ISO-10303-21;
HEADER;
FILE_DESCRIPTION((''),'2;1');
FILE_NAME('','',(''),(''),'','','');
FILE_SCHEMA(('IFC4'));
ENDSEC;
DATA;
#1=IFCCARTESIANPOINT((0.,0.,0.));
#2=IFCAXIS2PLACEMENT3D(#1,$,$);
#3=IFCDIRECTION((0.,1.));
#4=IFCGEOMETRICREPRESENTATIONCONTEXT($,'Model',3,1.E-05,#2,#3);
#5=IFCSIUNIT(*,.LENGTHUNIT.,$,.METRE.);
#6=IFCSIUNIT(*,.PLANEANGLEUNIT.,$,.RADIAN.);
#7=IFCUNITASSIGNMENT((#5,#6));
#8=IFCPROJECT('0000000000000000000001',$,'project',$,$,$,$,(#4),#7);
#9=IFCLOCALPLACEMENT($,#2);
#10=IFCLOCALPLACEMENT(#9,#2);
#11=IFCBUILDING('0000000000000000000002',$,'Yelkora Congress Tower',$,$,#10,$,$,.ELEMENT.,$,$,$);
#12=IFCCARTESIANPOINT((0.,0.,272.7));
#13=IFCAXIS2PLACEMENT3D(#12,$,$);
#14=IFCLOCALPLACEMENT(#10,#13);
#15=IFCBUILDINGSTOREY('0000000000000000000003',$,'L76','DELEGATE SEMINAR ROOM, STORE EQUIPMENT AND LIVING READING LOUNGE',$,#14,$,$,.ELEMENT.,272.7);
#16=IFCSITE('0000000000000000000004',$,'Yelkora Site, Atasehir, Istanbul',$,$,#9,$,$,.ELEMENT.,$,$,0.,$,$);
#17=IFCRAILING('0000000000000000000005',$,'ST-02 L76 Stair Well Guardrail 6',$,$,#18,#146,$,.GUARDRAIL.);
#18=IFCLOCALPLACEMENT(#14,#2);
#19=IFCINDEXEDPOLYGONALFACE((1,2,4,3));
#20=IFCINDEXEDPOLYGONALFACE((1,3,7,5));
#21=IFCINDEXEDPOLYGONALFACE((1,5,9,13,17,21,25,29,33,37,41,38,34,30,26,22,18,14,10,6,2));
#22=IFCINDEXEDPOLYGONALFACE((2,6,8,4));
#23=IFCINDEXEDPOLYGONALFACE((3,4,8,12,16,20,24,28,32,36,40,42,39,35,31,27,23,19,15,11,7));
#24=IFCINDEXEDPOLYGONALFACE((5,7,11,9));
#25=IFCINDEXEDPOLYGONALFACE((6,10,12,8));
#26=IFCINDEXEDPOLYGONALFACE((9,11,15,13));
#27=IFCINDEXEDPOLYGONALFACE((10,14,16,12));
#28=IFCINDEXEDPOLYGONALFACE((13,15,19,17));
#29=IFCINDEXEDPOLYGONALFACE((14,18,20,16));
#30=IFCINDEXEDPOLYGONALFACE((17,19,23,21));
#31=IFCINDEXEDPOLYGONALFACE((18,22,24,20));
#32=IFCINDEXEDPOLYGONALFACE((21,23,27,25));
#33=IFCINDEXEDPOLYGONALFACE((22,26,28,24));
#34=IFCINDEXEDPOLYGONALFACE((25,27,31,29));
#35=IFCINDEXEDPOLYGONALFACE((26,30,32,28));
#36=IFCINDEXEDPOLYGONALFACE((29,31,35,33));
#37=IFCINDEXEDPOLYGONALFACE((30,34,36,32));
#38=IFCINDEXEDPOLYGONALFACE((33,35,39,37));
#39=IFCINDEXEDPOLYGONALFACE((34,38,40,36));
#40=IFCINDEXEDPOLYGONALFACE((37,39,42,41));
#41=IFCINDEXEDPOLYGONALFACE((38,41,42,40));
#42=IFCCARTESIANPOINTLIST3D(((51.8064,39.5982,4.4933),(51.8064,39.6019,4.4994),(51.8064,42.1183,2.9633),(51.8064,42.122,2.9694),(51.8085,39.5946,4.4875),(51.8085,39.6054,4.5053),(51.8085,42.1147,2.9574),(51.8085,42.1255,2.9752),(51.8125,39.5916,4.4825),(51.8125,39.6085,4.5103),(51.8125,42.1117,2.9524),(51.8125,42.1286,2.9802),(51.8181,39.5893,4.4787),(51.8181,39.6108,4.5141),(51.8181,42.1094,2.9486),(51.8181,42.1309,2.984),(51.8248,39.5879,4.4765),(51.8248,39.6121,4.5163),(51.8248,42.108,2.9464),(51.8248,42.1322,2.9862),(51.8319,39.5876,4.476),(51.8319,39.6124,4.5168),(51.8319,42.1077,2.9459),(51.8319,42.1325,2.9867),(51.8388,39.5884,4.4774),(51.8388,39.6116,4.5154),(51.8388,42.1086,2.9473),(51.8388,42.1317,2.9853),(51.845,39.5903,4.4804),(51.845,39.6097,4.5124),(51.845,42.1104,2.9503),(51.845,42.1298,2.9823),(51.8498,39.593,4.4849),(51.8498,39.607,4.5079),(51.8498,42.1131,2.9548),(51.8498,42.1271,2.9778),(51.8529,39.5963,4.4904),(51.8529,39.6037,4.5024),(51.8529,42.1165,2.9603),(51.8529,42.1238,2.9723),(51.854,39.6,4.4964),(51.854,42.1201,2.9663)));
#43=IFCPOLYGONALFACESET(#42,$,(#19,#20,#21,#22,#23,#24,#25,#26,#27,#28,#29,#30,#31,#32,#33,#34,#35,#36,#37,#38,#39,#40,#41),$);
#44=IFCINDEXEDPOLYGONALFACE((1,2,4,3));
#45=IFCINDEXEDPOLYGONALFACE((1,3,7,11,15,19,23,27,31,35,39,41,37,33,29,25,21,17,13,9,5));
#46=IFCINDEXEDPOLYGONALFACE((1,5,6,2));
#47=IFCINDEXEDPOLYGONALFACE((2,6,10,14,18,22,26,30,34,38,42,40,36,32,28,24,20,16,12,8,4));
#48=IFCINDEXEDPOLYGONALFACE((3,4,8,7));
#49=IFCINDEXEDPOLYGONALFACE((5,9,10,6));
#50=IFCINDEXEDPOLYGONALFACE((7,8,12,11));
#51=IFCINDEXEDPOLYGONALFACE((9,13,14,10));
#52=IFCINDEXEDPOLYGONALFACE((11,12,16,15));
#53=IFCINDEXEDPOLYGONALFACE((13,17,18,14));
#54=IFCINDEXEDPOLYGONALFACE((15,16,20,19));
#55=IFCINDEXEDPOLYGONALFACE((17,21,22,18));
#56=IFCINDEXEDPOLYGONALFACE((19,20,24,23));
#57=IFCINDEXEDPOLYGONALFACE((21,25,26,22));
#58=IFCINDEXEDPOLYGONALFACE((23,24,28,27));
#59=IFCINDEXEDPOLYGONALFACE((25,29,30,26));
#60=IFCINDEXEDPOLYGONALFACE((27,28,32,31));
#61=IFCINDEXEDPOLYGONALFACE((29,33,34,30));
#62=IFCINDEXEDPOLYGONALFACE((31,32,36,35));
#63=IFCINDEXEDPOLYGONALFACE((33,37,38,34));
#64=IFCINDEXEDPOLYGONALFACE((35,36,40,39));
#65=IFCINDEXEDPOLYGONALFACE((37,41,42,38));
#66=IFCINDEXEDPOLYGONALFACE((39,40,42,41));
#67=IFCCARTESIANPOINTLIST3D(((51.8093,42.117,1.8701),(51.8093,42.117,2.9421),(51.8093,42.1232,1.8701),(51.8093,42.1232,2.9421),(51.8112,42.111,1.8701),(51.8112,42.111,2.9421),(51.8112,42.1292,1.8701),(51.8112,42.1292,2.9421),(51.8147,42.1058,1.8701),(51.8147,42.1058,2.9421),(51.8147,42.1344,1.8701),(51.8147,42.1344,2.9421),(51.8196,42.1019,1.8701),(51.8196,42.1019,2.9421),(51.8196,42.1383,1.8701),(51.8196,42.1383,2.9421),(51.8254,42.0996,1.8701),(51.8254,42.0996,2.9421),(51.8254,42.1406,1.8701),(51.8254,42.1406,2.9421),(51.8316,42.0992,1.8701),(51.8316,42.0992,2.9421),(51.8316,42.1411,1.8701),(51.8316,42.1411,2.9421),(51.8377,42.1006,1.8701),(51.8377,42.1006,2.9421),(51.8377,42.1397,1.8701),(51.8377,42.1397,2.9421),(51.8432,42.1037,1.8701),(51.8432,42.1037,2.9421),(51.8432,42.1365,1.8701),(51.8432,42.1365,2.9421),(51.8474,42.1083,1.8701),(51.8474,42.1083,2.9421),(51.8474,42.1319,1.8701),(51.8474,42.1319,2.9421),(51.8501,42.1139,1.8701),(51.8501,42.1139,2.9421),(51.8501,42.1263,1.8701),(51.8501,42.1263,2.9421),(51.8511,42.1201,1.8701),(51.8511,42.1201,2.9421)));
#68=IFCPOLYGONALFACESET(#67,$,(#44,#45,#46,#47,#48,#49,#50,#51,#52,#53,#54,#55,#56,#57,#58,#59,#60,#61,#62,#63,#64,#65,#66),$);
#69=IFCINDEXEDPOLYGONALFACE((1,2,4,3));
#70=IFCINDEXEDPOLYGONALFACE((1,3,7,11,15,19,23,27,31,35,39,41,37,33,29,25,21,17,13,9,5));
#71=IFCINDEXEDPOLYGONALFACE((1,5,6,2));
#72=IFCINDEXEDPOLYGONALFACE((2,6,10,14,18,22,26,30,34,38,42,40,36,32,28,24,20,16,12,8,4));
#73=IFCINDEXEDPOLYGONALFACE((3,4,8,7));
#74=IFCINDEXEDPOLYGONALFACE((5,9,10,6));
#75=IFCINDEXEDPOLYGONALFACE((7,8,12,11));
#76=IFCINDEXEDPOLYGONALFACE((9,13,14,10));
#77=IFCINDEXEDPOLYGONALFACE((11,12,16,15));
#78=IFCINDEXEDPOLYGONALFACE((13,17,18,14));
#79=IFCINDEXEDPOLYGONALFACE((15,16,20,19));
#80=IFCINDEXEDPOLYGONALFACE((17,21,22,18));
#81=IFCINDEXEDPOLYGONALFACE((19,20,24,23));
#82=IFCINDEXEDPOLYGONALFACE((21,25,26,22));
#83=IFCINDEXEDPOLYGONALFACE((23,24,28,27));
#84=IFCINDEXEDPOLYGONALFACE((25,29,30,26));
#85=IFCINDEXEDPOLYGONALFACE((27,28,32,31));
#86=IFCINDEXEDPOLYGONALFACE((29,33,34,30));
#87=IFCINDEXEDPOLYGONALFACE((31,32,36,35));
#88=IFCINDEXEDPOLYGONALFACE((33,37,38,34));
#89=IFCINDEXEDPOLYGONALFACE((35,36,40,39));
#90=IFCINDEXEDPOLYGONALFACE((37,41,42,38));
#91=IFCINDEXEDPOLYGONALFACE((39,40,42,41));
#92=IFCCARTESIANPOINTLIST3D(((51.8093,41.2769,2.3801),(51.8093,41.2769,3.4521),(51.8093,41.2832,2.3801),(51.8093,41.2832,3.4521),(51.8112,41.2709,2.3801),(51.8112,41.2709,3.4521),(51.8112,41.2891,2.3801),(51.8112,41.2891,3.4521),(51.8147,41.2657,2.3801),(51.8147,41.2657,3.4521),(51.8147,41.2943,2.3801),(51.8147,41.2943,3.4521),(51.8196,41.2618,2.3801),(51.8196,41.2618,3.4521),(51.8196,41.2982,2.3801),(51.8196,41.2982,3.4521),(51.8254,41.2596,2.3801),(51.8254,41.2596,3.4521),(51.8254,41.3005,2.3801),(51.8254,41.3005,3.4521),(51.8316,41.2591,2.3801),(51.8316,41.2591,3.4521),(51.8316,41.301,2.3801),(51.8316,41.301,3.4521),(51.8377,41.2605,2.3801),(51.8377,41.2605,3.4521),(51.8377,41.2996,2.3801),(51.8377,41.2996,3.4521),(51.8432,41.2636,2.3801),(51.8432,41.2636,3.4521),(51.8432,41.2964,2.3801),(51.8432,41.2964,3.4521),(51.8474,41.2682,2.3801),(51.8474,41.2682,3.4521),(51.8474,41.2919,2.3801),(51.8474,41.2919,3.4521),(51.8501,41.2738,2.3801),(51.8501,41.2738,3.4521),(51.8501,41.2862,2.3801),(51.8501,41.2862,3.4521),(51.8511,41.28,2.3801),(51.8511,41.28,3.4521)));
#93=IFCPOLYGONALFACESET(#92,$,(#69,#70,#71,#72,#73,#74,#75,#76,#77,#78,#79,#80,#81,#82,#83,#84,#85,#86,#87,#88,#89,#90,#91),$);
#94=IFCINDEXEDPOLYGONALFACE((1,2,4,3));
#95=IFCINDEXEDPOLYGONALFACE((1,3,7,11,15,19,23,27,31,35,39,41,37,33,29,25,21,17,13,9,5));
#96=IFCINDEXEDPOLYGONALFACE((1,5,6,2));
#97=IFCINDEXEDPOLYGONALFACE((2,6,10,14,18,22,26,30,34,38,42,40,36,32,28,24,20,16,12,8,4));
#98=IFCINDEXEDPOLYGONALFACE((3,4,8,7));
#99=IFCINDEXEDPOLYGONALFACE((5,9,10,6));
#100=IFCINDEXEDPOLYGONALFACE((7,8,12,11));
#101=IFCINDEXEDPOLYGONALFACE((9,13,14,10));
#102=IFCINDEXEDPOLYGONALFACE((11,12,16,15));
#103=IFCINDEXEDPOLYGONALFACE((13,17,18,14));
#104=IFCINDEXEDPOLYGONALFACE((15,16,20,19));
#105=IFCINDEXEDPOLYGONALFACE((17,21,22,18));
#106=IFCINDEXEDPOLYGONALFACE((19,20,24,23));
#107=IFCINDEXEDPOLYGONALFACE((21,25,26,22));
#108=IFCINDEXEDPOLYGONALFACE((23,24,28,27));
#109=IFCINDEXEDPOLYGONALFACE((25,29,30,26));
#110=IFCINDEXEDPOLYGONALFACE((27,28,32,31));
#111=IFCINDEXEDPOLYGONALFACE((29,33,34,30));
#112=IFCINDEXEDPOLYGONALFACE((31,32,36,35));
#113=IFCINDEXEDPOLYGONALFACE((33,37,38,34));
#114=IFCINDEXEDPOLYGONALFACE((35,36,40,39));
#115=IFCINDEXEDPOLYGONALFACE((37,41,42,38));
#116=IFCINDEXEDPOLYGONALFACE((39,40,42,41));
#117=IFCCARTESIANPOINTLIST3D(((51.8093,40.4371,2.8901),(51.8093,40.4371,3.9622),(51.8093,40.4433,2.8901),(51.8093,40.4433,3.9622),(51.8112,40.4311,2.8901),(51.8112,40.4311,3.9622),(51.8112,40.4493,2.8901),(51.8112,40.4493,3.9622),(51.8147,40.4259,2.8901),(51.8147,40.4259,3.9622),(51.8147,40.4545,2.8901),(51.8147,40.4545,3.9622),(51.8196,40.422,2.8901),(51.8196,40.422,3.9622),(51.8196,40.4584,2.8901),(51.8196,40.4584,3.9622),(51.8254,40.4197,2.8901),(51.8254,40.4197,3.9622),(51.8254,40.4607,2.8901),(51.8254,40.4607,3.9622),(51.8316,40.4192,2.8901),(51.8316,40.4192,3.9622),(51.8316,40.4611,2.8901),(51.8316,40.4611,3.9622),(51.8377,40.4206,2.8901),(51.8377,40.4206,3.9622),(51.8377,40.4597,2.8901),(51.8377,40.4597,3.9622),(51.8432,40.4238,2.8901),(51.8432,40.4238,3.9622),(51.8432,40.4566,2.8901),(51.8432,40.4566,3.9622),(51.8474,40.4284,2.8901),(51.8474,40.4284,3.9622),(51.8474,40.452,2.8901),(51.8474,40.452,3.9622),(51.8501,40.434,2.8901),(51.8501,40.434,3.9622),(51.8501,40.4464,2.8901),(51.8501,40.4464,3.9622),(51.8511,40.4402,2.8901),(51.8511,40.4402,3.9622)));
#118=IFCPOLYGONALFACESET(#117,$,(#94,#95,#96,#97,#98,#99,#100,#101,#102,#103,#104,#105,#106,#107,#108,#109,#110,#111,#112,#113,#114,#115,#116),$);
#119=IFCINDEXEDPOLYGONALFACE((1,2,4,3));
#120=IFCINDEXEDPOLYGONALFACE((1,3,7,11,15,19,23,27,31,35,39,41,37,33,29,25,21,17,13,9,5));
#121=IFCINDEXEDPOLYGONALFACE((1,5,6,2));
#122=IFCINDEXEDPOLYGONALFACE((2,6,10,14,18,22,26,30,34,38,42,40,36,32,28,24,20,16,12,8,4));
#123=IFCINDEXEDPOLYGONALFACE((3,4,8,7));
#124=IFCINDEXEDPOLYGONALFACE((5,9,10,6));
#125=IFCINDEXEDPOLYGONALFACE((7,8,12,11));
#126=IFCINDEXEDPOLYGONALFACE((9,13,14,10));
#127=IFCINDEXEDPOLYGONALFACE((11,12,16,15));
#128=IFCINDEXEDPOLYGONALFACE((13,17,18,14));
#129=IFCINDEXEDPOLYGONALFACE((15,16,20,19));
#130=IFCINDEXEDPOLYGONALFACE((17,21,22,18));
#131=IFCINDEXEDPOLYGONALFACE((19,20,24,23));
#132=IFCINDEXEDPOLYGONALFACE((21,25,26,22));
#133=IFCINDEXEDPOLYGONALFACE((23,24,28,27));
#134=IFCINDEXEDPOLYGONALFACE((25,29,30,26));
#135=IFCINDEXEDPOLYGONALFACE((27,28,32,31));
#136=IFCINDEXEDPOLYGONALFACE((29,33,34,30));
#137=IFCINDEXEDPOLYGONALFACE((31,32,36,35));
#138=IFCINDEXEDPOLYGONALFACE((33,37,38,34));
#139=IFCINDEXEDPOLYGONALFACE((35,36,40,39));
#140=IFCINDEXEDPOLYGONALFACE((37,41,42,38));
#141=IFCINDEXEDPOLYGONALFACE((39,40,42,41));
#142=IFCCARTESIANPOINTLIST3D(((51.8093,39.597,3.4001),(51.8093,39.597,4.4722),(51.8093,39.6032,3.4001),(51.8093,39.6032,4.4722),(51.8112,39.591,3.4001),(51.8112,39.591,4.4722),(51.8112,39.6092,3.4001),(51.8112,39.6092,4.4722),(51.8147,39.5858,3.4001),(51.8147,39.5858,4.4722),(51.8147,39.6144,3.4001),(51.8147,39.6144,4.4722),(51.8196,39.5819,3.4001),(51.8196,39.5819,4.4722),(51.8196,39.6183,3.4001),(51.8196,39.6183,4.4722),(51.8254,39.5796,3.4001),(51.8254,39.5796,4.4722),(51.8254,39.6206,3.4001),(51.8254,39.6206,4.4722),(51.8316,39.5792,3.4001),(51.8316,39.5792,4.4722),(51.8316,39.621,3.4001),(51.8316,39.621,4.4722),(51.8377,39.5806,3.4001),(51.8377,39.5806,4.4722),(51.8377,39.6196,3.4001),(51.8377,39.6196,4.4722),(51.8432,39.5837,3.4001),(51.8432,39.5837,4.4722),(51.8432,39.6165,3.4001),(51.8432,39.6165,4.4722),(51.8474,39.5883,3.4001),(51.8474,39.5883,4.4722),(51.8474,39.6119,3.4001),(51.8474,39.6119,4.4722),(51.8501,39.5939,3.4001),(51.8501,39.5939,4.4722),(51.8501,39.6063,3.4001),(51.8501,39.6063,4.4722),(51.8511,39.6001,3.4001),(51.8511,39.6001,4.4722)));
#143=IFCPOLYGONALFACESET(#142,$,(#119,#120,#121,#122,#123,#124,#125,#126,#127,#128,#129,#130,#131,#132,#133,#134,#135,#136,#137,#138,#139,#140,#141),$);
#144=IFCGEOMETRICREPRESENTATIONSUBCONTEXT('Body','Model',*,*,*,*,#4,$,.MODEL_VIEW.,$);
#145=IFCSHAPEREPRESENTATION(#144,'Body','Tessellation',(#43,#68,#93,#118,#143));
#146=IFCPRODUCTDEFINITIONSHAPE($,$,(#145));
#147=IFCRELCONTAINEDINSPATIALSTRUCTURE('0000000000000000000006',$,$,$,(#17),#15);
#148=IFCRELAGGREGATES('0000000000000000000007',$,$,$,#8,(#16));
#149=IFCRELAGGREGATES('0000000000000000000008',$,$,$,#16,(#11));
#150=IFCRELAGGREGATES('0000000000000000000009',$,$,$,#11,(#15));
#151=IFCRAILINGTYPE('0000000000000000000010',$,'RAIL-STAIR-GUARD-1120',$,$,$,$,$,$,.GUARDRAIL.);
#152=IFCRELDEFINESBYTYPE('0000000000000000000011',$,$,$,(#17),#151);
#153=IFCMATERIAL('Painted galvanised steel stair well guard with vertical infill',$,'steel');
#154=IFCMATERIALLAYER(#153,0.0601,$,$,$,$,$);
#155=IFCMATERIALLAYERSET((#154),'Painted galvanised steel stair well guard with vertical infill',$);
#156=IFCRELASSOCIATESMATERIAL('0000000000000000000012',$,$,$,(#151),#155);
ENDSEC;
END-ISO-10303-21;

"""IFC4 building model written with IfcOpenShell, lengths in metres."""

from ifc_helpers import new_model, si_unit, direction, frame, origin, origin_2d, place, context, subcontext, project, spatial, circle, extrude, material, layer, layer_set, type_object, element, save


model = new_model("IFC4")

# Units and contexts
model_context = context("Model", 3, precision=1e-05, world=origin(), true_north=direction((0.0, 1.0)))
body_context = subcontext(model_context, "Body", "Model", "MODEL_VIEW")
ifc_project = project(units=[si_unit("LENGTHUNIT", "METRE"), si_unit("PLANEANGLEUNIT", "RADIAN")], contexts=[model_context])

# Site, building, storey
site_placement = place(None, origin())
site = spatial("IfcSite", under=ifc_project, at=site_placement, Name="Yelkora Site, Atasehir, Istanbul", CompositionType="ELEMENT", RefElevation=0.0)
building_placement = place(site_placement, origin())
building = spatial("IfcBuilding", under=site, at=building_placement, Name="Yelkora Congress Tower", CompositionType="ELEMENT")
storey_placement = place(building_placement, frame((0.0, 0.0, 272.7)))
storey = spatial("IfcBuildingStorey", under=building, at=storey_placement, Name="L76", Description="DELEGATE SEMINAR ROOM, STORE EQUIPMENT AND LIVING READING LOUNGE", CompositionType="ELEMENT", Elevation=272.7)

# Railing
ifc_material_1 = material(Name="Painted galvanised steel stair well guard with vertical infill", Category="steel")
ifc_layer_1 = layer(ifc_material_1, 0.0601)
ifc_layer_set_1 = layer_set([ifc_layer_1], Name="Painted galvanised steel stair well guard with vertical infill")
railing_type_1 = type_object("IfcRailingType", Name="RAIL-STAIR-GUARD-1120", PredefinedType="GUARDRAIL", material=ifc_layer_set_1)
railing_1_placement = place(storey_placement, frame((51.8301, 42.1201, 1.8701)))
element("IfcRailing", 1, at=railing_1_placement, inside=storey, type_object=railing_type_1, Name="ST-02 L76 Stair Well Guardrail 6", PredefinedType="GUARDRAIL", context=body_context, shape_type="SweptSolid", body=[
    extrude(circle(Radius=0.0239, at=origin_2d()), frame((0.0, 0.0, 1.0962), z_axis=(0.0, -0.854785, 0.518982), x_axis=(1.0, 0.0, 0.0)), (0.0, 0.0, 1.0), 2.9482),
    extrude(circle(Radius=0.021, at=origin_2d()), origin(), (0.0, 0.0, 1.0), 1.072),
    extrude(circle(Radius=0.021, at=origin_2d()), frame((0.0, -0.8401, 0.51)), (0.0, 0.0, 1.0), 1.072),
    extrude(circle(Radius=0.021, at=origin_2d()), frame((0.0, -1.6799, 1.02)), (0.0, 0.0, 1.0), 1.072),
    extrude(circle(Radius=0.021, at=origin_2d()), frame((0.0, -2.52, 1.53)), (0.0, 0.0, 1.0), 1.072),
])

save(model, "model.ifc")
